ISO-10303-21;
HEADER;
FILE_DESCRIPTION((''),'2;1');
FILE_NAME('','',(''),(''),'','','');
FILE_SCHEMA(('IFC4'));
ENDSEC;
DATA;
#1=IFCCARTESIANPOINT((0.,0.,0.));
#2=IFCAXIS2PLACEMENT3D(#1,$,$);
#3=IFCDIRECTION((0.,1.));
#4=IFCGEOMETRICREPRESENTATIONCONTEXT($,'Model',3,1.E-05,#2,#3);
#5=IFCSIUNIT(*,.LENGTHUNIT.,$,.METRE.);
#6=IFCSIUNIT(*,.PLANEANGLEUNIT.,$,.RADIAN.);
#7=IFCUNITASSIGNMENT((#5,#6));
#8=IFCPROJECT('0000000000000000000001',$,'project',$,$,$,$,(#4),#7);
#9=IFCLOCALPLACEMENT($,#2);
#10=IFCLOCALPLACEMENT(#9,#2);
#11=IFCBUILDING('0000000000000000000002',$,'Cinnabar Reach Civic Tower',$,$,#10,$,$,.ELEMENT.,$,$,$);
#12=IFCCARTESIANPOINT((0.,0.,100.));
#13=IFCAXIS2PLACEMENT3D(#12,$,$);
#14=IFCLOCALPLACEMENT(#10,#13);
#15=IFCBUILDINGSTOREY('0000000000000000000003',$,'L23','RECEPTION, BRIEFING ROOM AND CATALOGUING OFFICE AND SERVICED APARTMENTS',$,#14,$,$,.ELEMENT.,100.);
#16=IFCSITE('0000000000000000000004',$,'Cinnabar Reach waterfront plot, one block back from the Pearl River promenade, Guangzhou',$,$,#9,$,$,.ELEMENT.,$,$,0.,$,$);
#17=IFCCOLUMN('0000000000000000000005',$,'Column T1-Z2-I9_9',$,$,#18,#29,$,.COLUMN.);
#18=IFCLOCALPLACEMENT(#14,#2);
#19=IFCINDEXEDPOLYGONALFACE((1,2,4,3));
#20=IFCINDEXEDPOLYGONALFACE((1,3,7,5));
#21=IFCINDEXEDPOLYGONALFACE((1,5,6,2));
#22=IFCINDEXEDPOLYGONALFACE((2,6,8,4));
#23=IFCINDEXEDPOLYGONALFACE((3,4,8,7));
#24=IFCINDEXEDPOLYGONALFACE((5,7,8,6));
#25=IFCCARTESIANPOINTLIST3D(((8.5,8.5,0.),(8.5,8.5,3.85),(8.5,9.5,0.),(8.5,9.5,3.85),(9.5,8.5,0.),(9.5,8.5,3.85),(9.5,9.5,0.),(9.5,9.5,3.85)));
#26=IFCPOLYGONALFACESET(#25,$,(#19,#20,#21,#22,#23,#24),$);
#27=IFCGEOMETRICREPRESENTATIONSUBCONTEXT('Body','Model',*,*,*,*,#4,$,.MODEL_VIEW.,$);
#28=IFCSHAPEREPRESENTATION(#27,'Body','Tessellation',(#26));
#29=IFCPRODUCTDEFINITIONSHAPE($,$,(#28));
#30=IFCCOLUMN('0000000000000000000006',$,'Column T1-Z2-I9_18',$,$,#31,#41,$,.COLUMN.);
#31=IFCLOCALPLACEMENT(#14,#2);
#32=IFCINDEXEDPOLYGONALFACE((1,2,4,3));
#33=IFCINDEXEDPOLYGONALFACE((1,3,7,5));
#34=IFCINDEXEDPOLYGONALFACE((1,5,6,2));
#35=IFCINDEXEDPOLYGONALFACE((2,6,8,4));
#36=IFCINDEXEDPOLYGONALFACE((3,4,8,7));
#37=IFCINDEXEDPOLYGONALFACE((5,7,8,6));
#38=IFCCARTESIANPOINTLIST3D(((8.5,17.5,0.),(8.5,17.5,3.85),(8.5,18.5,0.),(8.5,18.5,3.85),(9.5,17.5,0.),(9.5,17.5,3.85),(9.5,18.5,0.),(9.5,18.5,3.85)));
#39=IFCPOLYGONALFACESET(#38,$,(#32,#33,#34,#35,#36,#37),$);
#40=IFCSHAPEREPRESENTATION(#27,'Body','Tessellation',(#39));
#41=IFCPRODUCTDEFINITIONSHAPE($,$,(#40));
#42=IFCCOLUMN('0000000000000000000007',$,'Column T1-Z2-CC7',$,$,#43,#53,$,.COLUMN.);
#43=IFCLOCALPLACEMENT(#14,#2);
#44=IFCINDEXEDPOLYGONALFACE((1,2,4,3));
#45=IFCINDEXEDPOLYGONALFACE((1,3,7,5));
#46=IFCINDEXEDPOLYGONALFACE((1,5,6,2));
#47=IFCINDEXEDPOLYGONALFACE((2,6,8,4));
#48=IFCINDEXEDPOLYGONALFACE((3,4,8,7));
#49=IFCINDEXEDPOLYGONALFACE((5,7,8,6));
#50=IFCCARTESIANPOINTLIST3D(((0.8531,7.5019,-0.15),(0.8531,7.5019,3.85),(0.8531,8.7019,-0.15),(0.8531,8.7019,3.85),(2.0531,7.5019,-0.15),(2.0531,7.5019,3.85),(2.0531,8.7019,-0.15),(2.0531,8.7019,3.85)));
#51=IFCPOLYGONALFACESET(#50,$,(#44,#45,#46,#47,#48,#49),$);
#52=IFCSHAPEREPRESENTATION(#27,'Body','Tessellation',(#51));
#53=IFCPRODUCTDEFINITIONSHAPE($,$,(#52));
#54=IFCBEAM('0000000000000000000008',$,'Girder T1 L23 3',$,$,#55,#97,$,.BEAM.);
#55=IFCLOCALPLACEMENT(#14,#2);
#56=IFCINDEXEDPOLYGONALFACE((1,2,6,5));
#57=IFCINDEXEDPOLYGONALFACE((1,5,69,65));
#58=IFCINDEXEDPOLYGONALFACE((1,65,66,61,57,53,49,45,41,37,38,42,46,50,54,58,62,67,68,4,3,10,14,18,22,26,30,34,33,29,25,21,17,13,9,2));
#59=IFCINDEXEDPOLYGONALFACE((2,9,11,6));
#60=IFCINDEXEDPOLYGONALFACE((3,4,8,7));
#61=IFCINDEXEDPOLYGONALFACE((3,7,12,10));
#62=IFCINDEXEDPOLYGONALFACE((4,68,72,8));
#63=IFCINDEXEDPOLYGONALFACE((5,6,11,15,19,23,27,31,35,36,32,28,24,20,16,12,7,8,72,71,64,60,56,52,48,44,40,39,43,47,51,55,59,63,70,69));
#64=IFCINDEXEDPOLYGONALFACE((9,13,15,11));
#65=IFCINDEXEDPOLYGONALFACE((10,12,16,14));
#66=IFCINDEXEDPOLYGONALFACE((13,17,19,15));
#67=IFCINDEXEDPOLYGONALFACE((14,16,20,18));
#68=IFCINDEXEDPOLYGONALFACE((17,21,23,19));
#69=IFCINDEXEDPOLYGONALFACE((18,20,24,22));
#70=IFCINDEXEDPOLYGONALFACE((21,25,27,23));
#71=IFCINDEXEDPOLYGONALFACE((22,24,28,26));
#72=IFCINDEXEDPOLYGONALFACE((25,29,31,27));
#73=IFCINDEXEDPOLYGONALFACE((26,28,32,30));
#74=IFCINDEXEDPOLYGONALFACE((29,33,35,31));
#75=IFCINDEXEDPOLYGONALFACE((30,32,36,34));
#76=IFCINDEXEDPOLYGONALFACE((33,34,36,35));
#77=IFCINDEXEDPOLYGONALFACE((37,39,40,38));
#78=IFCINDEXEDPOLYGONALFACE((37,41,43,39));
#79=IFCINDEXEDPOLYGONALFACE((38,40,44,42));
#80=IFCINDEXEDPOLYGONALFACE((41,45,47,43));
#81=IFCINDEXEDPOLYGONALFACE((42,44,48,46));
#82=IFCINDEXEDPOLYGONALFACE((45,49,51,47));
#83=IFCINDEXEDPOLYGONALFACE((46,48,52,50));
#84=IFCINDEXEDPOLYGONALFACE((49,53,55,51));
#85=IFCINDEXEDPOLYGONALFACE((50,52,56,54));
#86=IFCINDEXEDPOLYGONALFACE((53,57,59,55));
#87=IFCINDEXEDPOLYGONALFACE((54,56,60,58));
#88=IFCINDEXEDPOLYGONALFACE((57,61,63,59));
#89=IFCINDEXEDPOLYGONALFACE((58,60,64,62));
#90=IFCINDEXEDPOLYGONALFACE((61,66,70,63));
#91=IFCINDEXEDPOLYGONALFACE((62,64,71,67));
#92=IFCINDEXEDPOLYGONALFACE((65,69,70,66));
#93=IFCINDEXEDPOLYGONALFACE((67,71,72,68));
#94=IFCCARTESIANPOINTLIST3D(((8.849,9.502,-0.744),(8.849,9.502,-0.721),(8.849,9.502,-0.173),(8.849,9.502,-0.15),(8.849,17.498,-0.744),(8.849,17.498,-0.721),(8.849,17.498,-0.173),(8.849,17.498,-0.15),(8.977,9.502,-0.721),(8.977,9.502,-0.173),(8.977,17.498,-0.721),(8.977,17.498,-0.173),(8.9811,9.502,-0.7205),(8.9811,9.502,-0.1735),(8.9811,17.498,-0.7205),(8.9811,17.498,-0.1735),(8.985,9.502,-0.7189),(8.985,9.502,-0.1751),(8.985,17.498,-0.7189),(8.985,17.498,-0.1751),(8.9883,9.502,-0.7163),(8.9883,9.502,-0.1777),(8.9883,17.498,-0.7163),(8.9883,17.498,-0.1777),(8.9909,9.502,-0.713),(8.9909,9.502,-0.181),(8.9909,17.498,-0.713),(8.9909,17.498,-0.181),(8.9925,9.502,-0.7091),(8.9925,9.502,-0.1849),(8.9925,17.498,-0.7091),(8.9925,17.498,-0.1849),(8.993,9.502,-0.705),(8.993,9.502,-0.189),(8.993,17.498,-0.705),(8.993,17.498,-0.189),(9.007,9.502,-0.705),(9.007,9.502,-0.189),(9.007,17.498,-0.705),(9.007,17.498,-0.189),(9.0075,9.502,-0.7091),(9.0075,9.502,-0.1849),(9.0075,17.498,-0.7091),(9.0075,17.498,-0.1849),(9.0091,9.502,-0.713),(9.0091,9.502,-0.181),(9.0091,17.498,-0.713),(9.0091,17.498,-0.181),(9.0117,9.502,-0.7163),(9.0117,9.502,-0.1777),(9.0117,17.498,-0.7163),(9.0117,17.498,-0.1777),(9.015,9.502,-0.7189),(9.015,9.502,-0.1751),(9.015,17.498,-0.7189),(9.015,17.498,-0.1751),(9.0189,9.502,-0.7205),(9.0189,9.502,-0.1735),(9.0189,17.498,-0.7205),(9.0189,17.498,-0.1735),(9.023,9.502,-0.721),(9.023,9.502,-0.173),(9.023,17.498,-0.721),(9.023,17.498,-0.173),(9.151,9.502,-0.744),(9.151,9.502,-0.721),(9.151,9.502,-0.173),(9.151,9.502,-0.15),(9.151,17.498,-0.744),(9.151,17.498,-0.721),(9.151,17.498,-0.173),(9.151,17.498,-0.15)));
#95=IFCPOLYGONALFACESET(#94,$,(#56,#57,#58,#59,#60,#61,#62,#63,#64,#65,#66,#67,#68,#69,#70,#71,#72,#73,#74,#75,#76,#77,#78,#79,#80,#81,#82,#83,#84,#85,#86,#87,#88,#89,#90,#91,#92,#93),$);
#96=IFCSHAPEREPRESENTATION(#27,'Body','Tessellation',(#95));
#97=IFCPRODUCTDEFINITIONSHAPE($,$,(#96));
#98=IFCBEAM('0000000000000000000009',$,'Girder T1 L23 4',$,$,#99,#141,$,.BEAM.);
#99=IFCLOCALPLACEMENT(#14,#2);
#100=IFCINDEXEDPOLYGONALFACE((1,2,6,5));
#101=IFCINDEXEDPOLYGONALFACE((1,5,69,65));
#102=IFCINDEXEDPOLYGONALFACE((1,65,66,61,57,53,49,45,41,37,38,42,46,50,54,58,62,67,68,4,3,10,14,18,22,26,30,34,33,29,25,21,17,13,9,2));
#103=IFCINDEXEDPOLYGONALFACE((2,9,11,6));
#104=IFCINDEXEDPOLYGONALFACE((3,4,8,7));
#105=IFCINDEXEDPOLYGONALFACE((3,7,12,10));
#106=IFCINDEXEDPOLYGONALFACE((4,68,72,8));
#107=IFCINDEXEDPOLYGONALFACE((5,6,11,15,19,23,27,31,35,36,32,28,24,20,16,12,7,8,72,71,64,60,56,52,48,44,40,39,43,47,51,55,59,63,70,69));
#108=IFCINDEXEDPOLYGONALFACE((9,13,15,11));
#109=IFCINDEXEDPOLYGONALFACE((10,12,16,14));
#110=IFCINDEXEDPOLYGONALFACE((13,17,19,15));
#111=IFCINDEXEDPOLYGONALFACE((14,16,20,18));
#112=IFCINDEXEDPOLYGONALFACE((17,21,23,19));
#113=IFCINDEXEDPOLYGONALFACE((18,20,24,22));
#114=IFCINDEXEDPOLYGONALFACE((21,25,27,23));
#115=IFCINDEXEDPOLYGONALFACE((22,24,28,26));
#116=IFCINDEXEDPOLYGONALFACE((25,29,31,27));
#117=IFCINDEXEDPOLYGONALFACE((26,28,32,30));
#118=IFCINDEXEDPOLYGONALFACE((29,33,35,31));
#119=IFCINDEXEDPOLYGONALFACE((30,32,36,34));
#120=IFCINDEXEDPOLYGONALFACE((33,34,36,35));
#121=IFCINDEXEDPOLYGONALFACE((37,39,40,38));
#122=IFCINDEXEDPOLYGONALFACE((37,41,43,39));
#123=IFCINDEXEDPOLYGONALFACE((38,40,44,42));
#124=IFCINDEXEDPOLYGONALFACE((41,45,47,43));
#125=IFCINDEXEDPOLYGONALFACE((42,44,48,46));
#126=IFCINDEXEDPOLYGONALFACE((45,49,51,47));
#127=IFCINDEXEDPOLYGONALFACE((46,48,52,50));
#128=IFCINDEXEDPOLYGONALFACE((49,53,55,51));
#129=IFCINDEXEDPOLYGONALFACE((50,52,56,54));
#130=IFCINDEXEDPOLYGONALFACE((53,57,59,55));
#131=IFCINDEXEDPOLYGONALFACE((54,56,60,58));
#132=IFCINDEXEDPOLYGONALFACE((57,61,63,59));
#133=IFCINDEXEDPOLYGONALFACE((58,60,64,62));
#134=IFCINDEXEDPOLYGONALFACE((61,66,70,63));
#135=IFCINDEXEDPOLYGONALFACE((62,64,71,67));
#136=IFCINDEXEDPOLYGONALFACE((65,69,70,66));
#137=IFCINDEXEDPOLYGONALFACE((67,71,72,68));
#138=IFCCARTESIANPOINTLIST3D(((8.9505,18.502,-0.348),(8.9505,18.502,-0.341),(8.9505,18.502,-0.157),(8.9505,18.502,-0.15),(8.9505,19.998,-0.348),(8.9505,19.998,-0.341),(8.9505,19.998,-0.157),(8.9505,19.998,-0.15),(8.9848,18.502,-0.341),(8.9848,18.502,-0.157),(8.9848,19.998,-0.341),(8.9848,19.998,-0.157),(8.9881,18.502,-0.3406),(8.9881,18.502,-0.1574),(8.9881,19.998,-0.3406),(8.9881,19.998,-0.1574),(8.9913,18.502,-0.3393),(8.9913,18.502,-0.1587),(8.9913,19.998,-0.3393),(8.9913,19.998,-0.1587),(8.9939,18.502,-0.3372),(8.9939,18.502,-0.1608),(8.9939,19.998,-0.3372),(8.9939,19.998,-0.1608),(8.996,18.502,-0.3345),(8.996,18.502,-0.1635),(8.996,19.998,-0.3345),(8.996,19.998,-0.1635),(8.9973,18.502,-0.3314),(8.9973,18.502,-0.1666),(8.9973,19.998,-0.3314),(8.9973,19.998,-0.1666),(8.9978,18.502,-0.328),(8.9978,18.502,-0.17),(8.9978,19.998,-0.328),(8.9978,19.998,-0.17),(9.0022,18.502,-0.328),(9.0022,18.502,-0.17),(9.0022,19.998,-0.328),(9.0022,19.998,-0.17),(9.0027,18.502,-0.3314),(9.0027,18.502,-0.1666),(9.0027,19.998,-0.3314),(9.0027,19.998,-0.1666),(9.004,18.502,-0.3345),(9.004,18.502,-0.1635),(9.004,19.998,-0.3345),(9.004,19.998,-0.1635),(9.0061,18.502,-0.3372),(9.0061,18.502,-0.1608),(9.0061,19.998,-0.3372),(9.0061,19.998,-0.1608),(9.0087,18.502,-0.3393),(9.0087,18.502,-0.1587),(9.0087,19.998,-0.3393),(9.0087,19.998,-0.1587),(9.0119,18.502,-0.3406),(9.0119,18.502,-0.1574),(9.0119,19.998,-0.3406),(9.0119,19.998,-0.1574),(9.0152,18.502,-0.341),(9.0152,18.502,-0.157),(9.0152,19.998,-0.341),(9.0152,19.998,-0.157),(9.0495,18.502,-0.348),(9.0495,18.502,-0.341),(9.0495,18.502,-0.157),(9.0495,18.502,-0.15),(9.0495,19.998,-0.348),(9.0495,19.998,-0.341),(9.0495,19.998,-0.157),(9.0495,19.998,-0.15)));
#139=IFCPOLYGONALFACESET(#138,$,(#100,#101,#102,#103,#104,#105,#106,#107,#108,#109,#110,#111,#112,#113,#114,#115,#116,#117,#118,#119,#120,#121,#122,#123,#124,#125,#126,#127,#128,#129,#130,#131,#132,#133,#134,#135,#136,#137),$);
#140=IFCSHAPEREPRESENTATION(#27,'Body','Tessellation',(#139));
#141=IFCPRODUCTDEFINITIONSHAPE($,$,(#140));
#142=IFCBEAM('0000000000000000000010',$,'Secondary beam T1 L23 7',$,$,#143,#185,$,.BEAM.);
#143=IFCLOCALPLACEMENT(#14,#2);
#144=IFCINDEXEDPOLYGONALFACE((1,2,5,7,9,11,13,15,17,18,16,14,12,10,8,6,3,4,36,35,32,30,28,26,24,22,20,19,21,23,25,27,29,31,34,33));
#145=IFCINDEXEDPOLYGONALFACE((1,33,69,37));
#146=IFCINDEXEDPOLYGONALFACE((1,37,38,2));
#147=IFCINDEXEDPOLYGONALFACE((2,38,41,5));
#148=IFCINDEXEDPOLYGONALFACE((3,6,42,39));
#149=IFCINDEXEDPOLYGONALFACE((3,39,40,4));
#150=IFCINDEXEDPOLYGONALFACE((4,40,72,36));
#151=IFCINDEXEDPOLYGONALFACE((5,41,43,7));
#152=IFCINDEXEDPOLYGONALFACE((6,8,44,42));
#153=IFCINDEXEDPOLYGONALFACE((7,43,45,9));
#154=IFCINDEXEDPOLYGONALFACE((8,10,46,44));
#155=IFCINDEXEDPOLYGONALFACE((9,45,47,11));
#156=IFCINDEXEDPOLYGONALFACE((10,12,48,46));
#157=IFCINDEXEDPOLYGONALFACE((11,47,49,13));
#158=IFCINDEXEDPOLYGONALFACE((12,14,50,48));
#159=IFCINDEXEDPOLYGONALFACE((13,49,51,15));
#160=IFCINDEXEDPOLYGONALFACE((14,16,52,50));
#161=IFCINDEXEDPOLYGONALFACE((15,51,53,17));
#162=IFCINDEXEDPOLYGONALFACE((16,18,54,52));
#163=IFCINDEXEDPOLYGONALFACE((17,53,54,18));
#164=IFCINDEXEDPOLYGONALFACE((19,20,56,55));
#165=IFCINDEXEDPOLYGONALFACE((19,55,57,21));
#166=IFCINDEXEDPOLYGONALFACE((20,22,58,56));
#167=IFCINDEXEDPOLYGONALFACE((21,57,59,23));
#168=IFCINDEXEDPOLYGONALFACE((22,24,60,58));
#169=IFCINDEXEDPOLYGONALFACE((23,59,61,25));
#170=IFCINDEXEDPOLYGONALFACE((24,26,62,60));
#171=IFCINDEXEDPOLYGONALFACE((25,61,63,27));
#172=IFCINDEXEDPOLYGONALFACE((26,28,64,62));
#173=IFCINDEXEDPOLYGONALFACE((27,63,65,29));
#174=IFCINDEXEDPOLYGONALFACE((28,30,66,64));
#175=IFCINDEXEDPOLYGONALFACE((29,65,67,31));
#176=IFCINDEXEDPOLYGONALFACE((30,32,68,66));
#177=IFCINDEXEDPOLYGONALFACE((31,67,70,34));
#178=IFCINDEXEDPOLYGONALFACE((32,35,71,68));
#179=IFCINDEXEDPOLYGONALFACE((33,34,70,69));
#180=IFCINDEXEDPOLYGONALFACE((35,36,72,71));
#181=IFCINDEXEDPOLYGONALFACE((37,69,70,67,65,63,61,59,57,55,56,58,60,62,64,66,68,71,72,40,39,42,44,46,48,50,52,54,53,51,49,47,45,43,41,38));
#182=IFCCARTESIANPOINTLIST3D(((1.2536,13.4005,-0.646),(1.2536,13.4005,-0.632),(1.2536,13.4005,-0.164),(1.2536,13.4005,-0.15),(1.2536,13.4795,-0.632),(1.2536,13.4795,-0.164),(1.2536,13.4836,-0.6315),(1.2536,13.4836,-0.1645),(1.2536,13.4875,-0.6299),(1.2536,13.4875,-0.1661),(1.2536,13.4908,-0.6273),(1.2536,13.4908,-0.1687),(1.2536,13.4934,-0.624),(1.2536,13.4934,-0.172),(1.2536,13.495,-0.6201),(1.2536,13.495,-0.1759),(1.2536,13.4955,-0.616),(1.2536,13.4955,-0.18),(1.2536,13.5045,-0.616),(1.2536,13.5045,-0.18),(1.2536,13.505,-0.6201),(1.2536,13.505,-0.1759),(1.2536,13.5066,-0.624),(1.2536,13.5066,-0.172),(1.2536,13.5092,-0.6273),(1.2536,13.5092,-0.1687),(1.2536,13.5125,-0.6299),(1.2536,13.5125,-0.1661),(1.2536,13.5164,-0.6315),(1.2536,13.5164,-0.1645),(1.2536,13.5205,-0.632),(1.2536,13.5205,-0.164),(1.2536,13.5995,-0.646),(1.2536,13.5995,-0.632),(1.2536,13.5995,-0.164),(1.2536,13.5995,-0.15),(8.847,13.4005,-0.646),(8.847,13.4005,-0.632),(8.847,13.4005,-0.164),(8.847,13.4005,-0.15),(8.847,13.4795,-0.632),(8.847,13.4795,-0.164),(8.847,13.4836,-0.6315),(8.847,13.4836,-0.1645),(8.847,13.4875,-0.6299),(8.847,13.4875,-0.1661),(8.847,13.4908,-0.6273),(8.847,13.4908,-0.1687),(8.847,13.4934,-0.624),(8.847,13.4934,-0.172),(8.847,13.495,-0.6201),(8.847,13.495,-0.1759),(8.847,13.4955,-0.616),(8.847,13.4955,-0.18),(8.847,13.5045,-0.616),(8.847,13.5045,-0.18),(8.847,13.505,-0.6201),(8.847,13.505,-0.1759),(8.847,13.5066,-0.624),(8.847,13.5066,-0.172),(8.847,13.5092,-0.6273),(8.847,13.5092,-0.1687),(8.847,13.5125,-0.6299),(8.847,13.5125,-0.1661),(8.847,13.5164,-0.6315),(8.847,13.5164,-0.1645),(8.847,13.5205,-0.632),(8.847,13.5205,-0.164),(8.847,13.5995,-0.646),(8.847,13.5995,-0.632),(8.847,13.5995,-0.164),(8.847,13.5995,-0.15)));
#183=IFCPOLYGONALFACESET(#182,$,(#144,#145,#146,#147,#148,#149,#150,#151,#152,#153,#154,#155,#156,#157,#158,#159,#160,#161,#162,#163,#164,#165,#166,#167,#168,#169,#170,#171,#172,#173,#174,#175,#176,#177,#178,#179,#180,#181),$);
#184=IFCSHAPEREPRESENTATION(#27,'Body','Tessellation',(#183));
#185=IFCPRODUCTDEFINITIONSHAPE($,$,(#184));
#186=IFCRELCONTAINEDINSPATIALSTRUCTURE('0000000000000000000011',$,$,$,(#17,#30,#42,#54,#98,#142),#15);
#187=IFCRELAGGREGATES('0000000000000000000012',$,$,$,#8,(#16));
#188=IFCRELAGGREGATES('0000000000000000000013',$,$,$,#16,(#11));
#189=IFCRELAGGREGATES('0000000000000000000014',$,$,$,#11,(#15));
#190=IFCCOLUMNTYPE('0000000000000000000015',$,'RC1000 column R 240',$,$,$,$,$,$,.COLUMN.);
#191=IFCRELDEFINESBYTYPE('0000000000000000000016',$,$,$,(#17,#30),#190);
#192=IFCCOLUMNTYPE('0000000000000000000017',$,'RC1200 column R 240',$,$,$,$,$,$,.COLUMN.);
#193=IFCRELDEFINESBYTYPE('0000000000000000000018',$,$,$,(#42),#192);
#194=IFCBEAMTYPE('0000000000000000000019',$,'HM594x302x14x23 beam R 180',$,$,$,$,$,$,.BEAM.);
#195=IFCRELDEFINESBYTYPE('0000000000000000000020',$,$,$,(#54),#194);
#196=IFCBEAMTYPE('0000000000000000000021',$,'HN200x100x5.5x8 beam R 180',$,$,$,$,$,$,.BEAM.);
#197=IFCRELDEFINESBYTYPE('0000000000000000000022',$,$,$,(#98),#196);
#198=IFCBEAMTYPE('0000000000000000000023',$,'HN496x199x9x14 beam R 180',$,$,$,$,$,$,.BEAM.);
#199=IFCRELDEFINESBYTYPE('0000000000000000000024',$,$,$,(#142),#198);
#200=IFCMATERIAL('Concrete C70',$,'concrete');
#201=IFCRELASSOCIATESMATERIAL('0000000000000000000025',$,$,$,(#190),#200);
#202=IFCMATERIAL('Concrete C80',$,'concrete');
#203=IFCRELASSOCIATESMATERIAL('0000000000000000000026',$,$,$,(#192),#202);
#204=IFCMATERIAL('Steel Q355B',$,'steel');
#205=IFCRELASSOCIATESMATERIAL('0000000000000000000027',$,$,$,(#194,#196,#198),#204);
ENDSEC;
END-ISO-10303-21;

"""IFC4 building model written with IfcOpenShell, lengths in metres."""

from ifc_helpers import new_model, si_unit, direction, frame, origin, origin_2d, place, context, subcontext, project, spatial, rectangle, i_section, extrude, material, material_profile, profile_set, type_object, element, save


model = new_model("IFC4")

# Units and contexts
model_context = context("Model", 3, precision=1e-05, world=origin(), true_north=direction((0.0, 1.0)))
body_context = subcontext(model_context, "Body", "Model", "MODEL_VIEW")
ifc_project = project(units=[si_unit("LENGTHUNIT", "METRE"), si_unit("PLANEANGLEUNIT", "RADIAN")], contexts=[model_context])

# Site, building, storey
site_placement = place(None, origin())
site = spatial("IfcSite", under=ifc_project, at=site_placement, Name="Cinnabar Reach waterfront plot, one block back from the Pearl River promenade, Guangzhou", CompositionType="ELEMENT", RefElevation=0.0)
building_placement = place(site_placement, origin())
building = spatial("IfcBuilding", under=site, at=building_placement, Name="Cinnabar Reach Civic Tower", CompositionType="ELEMENT")
storey_placement = place(building_placement, frame((0.0, 0.0, 100.0)))
storey = spatial("IfcBuildingStorey", under=building, at=storey_placement, Name="L23", Description="RECEPTION, BRIEFING ROOM AND CATALOGUING OFFICE AND SERVICED APARTMENTS", CompositionType="ELEMENT", Elevation=100.0)

# Columns
ifc_material_1 = material(Name="Concrete C70", Category="concrete")
ifc_material_profile_1 = material_profile(ifc_material_1, rectangle(XDim=1.0, YDim=1.0, at=origin_2d()), Name="RC1000")
ifc_profile_set_1 = profile_set([ifc_material_profile_1], Name="Concrete C70")
column_type_1 = type_object("IfcColumnType", Name="RC1000 column R 240", PredefinedType="COLUMN", material=ifc_profile_set_1)
for number, where, z_axis, x_axis, name in (
    (1, (9.0, 9.0, 0.0), (0.0, 0.0, 1.0), (1.0, 0.0, 0.0), "Column T1-Z2-I9_9"),
    (2, (9.0, 18.0, 0.0), (0.0, 0.0, 1.0), (1.0, 0.0, 0.0), "Column T1-Z2-I9_18"),
):
    element("IfcColumn", number, at=place(storey_placement, frame(where, z_axis=z_axis, x_axis=x_axis)), inside=storey, type_object=column_type_1, Name=name, PredefinedType="COLUMN", context=body_context, shape_type="SweptSolid", body=[
        extrude(rectangle(XDim=1.0, YDim=1.0, at=origin_2d()), origin(), (0.0, 0.0, 1.0), 3.85),
    ])
ifc_material_2 = material(Name="Concrete C80", Category="concrete")
ifc_material_profile_2 = material_profile(ifc_material_2, rectangle(XDim=1.2, YDim=1.2, at=origin_2d()), Name="RC1200")
ifc_profile_set_2 = profile_set([ifc_material_profile_2], Name="Concrete C80")
column_type_2 = type_object("IfcColumnType", Name="RC1200 column R 240", PredefinedType="COLUMN", material=ifc_profile_set_2)
column_placement = place(storey_placement, frame((1.4531, 8.1019, -0.15), z_axis=(0.0, 0.0, 1.0), x_axis=(1.0, 0.0, 0.0)))
element("IfcColumn", 3, at=column_placement, inside=storey, type_object=column_type_2, Name="Column T1-Z2-CC7", PredefinedType="COLUMN", context=body_context, shape_type="SweptSolid", body=[
    extrude(rectangle(XDim=1.2, YDim=1.2, at=origin_2d()), origin(), (0.0, 0.0, 1.0), 4.0),
])

# Beams
ifc_material_3 = material(Name="Steel Q355B", Category="steel")
ifc_material_profile_3 = material_profile(ifc_material_3, i_section(OverallWidth=0.302, OverallDepth=0.594, WebThickness=0.014, FlangeThickness=0.023, FilletRadius=0.016, at=origin_2d()), Name="HM594x302x14x23")
ifc_profile_set_3 = profile_set([ifc_material_profile_3], Name="Steel Q355B")
beam_type_1 = type_object("IfcBeamType", Name="HM594x302x14x23 beam R 180", PredefinedType="BEAM", material=ifc_profile_set_3)
beam_1_placement = place(storey_placement, frame((9.0, 9.502, -0.447), z_axis=(0.0, 1.0, 0.0), x_axis=(-1.0, 0.0, 0.0)))
element("IfcBeam", 4, at=beam_1_placement, inside=storey, type_object=beam_type_1, Name="Girder T1 L23 3", PredefinedType="BEAM", context=body_context, shape_type="SweptSolid", body=[
    extrude(i_section(OverallWidth=0.302, OverallDepth=0.594, WebThickness=0.014, FlangeThickness=0.023, FilletRadius=0.016, at=origin_2d()), origin(), (0.0, 0.0, 1.0), 7.996),
])
ifc_material_profile_4 = material_profile(ifc_material_3, i_section(OverallWidth=0.099, OverallDepth=0.198, WebThickness=0.0045, FlangeThickness=0.007, FilletRadius=0.013, at=origin_2d()), Name="HN200x100x5.5x8")
ifc_profile_set_4 = profile_set([ifc_material_profile_4], Name="Steel Q355B")
beam_type_2 = type_object("IfcBeamType", Name="HN200x100x5.5x8 beam R 180", PredefinedType="BEAM", material=ifc_profile_set_4)
beam_2_placement = place(storey_placement, frame((9.0, 18.502, -0.249), z_axis=(0.0, 1.0, 0.0), x_axis=(-1.0, 0.0, 0.0)))
element("IfcBeam", 5, at=beam_2_placement, inside=storey, type_object=beam_type_2, Name="Girder T1 L23 4", PredefinedType="BEAM", context=body_context, shape_type="SweptSolid", body=[
    extrude(i_section(OverallWidth=0.099, OverallDepth=0.198, WebThickness=0.0045, FlangeThickness=0.007, FilletRadius=0.013, at=origin_2d()), origin(), (0.0, 0.0, 1.0), 1.496),
])
ifc_material_profile_5 = material_profile(ifc_material_3, i_section(OverallWidth=0.199, OverallDepth=0.496, WebThickness=0.009, FlangeThickness=0.014, FilletRadius=0.016, at=origin_2d()), Name="HN496x199x9x14")
ifc_profile_set_5 = profile_set([ifc_material_profile_5], Name="Steel Q355B")
beam_type_3 = type_object("IfcBeamType", Name="HN496x199x9x14 beam R 180", PredefinedType="BEAM", material=ifc_profile_set_5)
beam_3_placement = place(storey_placement, frame((1.2536, 13.5, -0.398), z_axis=(1.0, 0.0, 0.0), x_axis=(0.0, 1.0, 0.0)))
element("IfcBeam", 6, at=beam_3_placement, inside=storey, type_object=beam_type_3, Name="Secondary beam T1 L23 7", PredefinedType="BEAM", context=body_context, shape_type="SweptSolid", body=[
    extrude(i_section(OverallWidth=0.199, OverallDepth=0.496, WebThickness=0.009, FlangeThickness=0.014, FilletRadius=0.016, at=origin_2d()), origin(), (0.0, 0.0, 1.0), 7.5934),
])

save(model, "model.ifc")
